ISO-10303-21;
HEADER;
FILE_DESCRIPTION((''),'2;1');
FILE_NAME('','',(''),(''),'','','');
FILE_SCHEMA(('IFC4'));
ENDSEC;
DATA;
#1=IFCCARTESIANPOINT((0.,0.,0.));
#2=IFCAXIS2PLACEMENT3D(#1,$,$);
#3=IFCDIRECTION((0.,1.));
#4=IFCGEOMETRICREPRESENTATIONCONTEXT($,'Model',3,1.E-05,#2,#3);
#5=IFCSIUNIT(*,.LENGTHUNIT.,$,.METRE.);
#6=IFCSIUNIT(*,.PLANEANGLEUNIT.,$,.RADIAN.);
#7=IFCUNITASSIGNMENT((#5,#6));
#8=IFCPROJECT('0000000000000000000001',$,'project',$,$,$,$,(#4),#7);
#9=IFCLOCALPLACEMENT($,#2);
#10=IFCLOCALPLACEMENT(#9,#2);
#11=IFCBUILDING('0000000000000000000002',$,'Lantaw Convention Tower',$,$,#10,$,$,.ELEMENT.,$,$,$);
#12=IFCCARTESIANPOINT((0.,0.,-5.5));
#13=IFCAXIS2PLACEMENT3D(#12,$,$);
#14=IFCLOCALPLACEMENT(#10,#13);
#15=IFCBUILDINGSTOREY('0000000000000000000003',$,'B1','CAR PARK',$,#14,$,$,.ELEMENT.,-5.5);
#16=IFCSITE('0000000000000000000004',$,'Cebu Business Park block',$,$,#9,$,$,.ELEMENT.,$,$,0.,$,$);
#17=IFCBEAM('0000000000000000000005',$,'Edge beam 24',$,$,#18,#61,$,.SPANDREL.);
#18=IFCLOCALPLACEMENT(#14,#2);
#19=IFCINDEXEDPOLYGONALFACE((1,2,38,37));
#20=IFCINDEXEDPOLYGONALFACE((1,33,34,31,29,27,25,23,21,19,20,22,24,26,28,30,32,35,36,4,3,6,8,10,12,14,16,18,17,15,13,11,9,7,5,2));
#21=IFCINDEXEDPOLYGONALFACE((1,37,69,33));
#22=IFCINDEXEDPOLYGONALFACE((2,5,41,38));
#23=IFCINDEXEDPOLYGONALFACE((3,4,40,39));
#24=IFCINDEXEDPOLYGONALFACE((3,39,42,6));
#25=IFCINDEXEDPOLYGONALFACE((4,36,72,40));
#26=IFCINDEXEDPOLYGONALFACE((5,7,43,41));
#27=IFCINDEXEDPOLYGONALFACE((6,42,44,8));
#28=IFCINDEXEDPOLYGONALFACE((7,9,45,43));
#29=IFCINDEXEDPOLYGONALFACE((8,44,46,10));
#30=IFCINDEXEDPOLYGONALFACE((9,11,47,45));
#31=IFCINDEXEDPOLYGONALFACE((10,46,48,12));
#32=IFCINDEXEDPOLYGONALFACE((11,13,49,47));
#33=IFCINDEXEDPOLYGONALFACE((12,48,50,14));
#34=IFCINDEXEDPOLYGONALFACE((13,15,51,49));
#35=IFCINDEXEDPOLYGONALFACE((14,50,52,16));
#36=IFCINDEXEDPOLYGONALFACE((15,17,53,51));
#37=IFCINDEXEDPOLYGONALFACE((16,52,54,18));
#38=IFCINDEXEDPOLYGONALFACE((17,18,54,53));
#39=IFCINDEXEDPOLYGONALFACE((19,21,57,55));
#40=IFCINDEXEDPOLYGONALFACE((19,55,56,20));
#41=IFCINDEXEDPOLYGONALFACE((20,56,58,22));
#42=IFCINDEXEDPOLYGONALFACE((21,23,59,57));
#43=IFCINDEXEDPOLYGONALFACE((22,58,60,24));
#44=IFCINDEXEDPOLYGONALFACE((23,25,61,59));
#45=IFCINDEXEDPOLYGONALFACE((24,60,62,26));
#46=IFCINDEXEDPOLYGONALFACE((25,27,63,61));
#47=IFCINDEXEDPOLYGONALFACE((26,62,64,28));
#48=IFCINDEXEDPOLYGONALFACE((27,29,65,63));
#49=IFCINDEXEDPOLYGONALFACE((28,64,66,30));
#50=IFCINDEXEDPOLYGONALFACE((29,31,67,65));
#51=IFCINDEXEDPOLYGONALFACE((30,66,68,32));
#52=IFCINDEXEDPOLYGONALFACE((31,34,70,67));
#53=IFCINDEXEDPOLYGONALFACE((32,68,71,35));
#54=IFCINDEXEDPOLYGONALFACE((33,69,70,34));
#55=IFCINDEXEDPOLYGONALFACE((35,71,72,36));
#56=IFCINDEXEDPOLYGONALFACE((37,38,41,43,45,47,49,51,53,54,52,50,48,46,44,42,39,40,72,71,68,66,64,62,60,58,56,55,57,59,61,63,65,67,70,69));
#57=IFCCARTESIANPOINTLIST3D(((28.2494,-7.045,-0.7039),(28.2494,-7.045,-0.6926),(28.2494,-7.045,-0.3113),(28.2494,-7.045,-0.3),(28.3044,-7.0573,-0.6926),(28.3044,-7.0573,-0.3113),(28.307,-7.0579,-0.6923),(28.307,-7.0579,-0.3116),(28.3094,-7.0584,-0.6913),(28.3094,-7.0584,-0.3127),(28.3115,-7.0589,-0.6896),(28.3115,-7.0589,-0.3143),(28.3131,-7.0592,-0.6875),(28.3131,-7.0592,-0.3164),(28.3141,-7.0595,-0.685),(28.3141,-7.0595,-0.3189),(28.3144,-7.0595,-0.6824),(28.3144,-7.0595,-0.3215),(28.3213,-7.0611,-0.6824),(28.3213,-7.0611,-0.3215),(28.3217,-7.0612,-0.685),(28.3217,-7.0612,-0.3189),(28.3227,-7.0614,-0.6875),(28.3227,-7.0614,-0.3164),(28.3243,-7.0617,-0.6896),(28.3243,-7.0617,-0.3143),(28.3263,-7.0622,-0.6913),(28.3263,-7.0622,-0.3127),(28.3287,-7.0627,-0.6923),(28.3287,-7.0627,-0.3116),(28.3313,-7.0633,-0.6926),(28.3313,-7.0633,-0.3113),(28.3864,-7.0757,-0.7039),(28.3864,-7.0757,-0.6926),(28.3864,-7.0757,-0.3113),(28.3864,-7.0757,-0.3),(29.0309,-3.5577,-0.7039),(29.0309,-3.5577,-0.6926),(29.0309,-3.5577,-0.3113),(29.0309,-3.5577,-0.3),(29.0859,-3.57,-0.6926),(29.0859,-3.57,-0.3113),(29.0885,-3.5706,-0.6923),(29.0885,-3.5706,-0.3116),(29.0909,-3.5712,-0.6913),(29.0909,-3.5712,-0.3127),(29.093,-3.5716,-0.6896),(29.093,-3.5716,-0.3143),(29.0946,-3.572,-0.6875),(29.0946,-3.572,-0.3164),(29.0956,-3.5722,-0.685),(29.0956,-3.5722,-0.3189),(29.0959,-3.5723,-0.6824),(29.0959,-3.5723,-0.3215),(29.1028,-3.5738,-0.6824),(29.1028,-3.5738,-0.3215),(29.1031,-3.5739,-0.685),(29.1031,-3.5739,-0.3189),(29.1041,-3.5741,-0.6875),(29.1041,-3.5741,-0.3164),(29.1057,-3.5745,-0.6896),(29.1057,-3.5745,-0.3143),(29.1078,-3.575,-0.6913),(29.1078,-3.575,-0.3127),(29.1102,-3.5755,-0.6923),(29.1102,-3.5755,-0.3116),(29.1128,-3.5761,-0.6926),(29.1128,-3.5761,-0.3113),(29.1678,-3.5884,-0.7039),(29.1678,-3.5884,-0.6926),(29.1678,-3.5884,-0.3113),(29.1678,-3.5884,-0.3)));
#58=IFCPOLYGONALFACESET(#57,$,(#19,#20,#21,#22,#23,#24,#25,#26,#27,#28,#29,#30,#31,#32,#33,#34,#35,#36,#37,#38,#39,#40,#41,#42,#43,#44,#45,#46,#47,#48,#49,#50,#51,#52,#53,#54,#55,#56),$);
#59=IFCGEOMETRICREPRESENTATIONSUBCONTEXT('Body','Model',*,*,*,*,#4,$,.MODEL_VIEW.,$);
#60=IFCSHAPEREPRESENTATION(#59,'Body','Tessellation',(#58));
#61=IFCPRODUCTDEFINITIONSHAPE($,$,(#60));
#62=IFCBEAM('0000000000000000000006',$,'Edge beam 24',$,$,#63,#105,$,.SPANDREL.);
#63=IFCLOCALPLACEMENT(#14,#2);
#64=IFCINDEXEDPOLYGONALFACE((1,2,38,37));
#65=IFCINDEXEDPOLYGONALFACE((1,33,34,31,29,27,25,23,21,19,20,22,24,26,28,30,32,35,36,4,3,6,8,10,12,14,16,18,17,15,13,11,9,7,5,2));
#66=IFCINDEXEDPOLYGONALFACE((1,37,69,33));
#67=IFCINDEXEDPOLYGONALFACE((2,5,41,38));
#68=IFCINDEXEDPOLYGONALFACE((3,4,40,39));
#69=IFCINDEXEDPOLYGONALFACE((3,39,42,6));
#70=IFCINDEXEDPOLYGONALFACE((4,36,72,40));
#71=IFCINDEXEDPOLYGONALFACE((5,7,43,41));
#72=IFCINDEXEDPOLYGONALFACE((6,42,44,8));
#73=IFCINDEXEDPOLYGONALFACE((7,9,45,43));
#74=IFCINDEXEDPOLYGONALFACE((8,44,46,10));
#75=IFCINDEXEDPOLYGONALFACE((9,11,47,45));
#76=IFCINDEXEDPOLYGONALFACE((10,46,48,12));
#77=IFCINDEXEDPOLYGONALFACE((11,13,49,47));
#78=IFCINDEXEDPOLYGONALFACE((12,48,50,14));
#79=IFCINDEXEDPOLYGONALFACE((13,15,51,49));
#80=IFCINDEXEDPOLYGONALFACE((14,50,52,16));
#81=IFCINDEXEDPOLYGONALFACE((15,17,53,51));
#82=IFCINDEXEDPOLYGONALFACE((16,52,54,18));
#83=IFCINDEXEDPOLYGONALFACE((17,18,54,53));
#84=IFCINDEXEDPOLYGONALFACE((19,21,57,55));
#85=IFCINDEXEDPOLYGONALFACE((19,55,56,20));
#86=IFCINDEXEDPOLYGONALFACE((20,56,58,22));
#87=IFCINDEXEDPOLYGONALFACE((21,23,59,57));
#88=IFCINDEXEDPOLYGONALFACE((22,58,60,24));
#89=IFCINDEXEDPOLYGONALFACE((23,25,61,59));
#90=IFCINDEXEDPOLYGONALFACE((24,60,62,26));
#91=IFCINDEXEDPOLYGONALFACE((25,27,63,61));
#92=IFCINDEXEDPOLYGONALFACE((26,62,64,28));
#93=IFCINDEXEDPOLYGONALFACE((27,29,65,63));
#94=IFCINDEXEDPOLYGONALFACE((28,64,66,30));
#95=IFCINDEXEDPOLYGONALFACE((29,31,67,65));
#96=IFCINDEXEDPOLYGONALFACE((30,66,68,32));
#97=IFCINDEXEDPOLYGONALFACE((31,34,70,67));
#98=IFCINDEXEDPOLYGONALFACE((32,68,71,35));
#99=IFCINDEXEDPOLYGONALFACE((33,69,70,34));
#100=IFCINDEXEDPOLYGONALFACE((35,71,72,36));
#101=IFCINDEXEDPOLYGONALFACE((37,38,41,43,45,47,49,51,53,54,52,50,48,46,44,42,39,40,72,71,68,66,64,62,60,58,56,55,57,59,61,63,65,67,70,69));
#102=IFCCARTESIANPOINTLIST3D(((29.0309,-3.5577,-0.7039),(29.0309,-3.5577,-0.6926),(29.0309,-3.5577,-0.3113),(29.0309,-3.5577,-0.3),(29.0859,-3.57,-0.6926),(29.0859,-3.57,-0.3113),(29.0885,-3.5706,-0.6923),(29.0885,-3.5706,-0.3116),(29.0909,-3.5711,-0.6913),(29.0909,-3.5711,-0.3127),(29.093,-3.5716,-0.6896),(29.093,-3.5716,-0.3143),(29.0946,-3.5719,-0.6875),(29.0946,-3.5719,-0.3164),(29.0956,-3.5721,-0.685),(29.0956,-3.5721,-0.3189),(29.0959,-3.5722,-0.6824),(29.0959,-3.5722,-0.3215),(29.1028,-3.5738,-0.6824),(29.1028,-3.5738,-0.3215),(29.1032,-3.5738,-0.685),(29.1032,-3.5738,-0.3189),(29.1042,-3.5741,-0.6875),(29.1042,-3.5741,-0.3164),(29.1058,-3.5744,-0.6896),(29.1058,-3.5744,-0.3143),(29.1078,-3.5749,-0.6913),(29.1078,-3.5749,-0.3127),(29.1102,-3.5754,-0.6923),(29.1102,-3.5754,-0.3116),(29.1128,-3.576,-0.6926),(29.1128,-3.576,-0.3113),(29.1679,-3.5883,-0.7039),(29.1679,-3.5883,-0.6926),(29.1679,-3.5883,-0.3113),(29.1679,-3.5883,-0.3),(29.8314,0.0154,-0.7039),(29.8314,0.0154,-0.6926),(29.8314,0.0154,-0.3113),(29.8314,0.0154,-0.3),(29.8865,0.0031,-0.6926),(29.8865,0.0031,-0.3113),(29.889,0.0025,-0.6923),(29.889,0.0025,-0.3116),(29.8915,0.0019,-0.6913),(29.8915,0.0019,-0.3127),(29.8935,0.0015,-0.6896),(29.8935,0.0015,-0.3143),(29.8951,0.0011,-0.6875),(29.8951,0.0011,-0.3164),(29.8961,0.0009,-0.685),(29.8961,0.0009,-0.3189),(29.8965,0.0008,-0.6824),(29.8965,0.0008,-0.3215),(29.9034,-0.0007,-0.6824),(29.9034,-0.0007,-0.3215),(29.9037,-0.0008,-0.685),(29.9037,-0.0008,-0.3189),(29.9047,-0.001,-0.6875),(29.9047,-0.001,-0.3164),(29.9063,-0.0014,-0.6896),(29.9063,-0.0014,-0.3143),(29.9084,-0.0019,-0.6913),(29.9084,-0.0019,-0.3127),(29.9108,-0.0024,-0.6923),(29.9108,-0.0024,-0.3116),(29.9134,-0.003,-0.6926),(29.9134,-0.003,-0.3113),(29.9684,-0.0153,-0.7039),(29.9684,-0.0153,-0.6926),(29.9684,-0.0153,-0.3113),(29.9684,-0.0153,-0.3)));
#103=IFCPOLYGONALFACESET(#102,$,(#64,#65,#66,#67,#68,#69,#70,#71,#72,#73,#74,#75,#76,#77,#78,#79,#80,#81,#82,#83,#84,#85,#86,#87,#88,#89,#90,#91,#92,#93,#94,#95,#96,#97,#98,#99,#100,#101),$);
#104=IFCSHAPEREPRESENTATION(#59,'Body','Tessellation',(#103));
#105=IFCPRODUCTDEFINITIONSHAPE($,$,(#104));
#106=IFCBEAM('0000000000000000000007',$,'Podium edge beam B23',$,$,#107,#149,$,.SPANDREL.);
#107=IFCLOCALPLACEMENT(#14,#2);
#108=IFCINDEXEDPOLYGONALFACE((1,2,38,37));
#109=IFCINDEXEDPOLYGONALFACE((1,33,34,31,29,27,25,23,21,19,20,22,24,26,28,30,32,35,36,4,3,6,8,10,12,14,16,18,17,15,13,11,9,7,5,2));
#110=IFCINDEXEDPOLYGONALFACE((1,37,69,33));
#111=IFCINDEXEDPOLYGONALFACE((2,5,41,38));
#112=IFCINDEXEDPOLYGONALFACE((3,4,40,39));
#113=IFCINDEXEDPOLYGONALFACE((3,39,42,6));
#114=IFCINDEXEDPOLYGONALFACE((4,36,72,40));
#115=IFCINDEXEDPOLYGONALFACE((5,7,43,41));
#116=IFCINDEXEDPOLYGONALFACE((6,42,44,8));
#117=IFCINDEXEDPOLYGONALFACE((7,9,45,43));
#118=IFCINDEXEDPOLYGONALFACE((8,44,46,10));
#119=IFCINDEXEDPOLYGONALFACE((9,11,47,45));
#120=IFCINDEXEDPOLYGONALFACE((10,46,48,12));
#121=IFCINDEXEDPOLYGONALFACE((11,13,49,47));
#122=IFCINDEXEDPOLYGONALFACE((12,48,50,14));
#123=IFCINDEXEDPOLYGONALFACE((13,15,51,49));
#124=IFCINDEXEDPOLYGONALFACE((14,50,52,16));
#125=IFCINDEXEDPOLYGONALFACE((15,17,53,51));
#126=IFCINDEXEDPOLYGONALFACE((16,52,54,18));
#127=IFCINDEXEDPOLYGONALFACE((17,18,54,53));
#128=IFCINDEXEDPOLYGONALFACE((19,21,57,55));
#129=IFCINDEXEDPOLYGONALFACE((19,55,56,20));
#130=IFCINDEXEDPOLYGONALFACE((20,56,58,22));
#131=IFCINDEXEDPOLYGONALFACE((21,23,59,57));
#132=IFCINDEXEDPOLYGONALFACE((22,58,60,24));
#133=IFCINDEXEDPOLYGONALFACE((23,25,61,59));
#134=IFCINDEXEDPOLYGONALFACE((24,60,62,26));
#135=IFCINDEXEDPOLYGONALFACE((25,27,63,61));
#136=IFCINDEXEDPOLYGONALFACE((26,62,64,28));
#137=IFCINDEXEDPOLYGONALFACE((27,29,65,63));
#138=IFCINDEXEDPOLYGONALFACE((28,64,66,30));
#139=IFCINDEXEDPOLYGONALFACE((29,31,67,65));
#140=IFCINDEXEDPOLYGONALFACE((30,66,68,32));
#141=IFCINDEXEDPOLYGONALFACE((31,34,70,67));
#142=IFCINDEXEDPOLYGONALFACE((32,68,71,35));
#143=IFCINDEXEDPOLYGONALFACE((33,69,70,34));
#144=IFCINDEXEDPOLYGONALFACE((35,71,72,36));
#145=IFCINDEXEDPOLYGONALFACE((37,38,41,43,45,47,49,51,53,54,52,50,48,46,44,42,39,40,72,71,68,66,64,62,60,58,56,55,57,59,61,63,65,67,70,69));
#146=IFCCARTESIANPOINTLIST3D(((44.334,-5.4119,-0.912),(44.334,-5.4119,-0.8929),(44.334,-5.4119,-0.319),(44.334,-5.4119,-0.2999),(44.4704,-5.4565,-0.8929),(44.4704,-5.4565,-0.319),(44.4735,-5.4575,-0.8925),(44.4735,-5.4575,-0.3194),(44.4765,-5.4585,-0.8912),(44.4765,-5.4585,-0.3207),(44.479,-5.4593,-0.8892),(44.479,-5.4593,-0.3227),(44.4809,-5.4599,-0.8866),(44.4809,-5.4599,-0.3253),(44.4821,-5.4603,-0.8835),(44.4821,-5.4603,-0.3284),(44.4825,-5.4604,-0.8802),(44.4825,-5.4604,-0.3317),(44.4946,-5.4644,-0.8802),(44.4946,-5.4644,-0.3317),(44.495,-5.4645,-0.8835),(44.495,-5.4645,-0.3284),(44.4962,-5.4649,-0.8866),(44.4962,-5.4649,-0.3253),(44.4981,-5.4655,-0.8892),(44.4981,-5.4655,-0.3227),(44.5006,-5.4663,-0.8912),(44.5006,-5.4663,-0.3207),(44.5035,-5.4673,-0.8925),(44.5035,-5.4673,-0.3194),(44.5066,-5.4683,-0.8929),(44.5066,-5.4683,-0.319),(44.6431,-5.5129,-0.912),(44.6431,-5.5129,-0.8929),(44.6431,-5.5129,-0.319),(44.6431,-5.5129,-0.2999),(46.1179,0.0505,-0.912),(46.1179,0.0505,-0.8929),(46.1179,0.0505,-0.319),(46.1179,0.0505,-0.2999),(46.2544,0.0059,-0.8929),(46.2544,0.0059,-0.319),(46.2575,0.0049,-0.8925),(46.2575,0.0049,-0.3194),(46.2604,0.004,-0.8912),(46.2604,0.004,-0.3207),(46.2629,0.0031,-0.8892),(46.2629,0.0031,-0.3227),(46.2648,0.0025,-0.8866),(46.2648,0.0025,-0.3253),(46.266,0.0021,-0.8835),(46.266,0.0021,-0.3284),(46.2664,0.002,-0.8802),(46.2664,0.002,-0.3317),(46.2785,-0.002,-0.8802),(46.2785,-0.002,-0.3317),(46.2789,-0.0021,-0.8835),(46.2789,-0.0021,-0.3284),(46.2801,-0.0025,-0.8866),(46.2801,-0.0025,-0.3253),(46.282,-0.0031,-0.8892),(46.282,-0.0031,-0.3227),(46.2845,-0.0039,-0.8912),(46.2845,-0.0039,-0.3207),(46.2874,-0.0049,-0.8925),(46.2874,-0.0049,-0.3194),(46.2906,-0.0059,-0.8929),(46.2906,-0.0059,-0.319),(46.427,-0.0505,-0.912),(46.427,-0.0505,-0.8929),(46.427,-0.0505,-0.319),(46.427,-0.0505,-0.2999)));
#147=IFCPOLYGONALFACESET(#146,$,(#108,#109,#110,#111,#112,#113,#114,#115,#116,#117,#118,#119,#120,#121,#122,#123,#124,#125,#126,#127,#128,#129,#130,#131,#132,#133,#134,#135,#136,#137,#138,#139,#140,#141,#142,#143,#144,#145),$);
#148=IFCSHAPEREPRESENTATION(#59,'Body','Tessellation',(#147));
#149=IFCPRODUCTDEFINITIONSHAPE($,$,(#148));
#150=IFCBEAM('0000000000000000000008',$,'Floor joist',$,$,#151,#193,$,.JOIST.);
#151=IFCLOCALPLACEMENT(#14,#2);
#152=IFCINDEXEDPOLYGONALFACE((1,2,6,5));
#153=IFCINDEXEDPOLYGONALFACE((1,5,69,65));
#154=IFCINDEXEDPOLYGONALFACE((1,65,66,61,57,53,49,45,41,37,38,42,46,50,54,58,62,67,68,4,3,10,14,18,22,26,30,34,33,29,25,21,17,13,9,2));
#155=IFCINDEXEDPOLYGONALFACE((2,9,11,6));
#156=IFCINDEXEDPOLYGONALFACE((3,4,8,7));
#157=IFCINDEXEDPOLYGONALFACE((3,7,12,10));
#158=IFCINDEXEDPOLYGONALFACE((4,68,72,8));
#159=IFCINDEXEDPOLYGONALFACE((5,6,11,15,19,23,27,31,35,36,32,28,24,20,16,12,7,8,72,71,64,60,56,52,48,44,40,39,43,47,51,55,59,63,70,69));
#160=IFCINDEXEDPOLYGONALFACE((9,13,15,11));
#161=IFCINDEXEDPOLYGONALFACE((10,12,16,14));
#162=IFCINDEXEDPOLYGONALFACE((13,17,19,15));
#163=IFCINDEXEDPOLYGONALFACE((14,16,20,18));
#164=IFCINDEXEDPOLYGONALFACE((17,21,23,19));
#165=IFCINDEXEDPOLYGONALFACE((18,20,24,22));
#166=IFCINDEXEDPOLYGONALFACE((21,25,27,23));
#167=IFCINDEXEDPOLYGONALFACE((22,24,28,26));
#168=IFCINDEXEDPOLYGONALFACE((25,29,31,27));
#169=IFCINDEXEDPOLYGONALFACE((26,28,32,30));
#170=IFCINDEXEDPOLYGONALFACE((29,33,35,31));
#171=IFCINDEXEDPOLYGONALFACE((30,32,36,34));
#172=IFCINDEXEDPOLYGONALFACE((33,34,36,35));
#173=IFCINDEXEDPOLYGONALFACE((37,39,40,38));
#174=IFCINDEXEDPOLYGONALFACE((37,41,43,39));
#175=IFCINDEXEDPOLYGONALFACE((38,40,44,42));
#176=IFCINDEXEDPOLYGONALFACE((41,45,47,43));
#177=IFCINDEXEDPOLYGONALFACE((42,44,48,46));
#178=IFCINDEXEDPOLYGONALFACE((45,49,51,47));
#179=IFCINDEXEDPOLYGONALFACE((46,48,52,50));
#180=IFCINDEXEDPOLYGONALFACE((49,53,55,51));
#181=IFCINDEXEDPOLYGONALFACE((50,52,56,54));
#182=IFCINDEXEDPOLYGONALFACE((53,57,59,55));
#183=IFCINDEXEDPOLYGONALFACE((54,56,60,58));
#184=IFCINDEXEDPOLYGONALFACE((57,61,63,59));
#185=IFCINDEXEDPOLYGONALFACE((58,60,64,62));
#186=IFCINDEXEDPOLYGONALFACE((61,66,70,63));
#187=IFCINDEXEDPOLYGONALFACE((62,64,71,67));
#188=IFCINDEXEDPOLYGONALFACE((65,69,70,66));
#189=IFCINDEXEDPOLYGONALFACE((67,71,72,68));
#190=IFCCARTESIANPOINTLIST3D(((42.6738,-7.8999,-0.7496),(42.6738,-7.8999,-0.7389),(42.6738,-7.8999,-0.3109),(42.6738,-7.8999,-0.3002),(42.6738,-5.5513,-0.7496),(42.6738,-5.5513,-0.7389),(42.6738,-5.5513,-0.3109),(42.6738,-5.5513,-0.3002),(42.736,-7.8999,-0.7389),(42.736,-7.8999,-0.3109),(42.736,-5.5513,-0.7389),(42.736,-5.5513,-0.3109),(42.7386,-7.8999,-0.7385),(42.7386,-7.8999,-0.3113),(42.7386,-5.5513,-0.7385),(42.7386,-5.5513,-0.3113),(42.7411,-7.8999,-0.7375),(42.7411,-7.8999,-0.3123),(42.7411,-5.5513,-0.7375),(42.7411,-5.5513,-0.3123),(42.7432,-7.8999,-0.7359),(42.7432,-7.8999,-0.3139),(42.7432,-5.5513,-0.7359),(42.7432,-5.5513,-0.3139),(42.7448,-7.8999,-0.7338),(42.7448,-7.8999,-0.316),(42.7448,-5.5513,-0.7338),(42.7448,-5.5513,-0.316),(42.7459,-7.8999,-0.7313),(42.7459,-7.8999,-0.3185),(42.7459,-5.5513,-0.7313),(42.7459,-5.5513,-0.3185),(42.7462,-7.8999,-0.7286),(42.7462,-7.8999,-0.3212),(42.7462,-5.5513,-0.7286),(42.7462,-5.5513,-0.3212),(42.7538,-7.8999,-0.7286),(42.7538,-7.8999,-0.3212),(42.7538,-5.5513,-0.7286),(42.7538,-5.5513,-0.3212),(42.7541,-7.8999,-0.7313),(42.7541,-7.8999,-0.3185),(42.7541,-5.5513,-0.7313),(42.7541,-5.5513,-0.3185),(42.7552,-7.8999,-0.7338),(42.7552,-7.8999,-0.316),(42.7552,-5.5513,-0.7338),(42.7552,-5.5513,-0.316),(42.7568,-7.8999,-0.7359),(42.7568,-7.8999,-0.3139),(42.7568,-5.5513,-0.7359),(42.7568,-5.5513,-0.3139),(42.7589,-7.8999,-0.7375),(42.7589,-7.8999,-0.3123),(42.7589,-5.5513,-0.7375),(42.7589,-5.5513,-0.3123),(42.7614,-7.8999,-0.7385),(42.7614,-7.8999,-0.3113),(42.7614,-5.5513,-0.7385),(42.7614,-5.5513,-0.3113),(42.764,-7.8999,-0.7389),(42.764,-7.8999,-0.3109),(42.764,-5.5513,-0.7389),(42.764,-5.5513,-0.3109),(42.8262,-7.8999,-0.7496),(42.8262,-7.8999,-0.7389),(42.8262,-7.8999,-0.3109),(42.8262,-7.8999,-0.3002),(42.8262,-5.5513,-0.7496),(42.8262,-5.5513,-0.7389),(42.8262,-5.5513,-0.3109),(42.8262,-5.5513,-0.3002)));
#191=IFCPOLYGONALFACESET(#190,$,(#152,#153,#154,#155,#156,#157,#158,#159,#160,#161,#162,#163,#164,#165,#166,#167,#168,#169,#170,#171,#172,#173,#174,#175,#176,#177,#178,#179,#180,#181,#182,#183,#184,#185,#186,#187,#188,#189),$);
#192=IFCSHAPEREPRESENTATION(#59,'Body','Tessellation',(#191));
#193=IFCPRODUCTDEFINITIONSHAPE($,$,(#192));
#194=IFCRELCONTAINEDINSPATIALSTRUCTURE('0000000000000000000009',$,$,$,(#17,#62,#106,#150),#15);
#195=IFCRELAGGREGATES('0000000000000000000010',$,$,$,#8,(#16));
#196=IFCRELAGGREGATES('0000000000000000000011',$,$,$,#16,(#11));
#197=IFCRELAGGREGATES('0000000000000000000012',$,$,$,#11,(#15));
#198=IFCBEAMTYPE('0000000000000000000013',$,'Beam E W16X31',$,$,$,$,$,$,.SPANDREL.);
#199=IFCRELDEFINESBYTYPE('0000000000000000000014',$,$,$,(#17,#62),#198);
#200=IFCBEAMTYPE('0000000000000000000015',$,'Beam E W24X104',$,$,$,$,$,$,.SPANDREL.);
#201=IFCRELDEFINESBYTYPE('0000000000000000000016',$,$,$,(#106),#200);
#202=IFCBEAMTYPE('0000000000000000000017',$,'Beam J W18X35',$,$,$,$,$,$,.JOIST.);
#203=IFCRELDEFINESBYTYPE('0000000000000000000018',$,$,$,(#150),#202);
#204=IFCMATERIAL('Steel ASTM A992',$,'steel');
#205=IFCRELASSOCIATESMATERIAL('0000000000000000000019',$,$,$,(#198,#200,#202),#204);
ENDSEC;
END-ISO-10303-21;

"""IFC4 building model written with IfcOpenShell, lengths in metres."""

from ifc_helpers import new_model, si_unit, direction, frame, origin, origin_2d, place, context, subcontext, project, spatial, i_section, extrude, material, material_profile, profile_set, type_object, element, save


model = new_model("IFC4")

# Units and contexts
model_context = context("Model", 3, precision=1e-05, world=origin(), true_north=direction((0.0, 1.0)))
body_context = subcontext(model_context, "Body", "Model", "MODEL_VIEW")
ifc_project = project(units=[si_unit("LENGTHUNIT", "METRE"), si_unit("PLANEANGLEUNIT", "RADIAN")], contexts=[model_context])

# Site, building, storey
site_placement = place(None, origin())
site = spatial("IfcSite", under=ifc_project, at=site_placement, Name="Cebu Business Park block", CompositionType="ELEMENT", RefElevation=0.0)
building_placement = place(site_placement, origin())
building = spatial("IfcBuilding", under=site, at=building_placement, Name="Lantaw Convention Tower", CompositionType="ELEMENT")
storey_placement = place(building_placement, frame((0.0, 0.0, -5.5)))
storey = spatial("IfcBuildingStorey", under=building, at=storey_placement, Name="B1", Description="CAR PARK", CompositionType="ELEMENT", Elevation=-5.5)

# Beams
ifc_material_1 = material(Name="Steel ASTM A992", Category="steel")
ifc_material_profile_1 = material_profile(ifc_material_1, i_section(OverallWidth=0.1404, OverallDepth=0.4038, WebThickness=0.0071, FlangeThickness=0.0112, FilletRadius=0.0103, at=origin_2d()), Name="W16X31")
ifc_profile_set_1 = profile_set([ifc_material_profile_1], Name="Steel ASTM A992")
beam_type_1 = type_object("IfcBeamType", Name="Beam E W16X31", PredefinedType="SPANDREL", material=ifc_profile_set_1)
beam_1_placement = place(storey_placement, frame((28.3179, -7.0603, -0.502), z_axis=(0.218673, 0.975798, 0.0), x_axis=(-0.975798, 0.218673, 0.0)))
element("IfcBeam", 1, at=beam_1_placement, inside=storey, type_object=beam_type_1, Name="Edge beam 24", PredefinedType="SPANDREL", context=body_context, shape_type="SweptSolid", body=[
    extrude(i_section(OverallWidth=0.1404, OverallDepth=0.4038, WebThickness=0.0071, FlangeThickness=0.0112, FilletRadius=0.0103, at=origin_2d()), origin(), (0.0, 0.0, 1.0), 3.5737),
])
beam_2_placement = place(storey_placement, frame((29.0994, -3.573, -0.502), z_axis=(0.218632, 0.975807, 0.0), x_axis=(-0.975807, 0.218632, 0.0)))
element("IfcBeam", 2, at=beam_2_placement, inside=storey, type_object=beam_type_1, Name="Edge beam 24", PredefinedType="SPANDREL", context=body_context, shape_type="SweptSolid", body=[
    extrude(i_section(OverallWidth=0.1404, OverallDepth=0.4038, WebThickness=0.0071, FlangeThickness=0.0112, FilletRadius=0.0103, at=origin_2d()), origin(), (0.0, 0.0, 1.0), 3.6616),
])
ifc_material_profile_2 = material_profile(ifc_material_1, i_section(OverallWidth=0.3252, OverallDepth=0.6121, WebThickness=0.0127, FlangeThickness=0.019, FilletRadius=0.0127, at=origin_2d()), Name="W24X104")
ifc_profile_set_2 = profile_set([ifc_material_profile_2], Name="Steel ASTM A992")
beam_type_2 = type_object("IfcBeamType", Name="Beam E W24X104", PredefinedType="SPANDREL", material=ifc_profile_set_2)
beam_3_placement = place(storey_placement, frame((44.4885, -5.4624, -0.606), z_axis=(0.310448, 0.95059, 0.0), x_axis=(-0.95059, 0.310448, 0.0)))
element("IfcBeam", 3, at=beam_3_placement, inside=storey, type_object=beam_type_2, Name="Podium edge beam B23", PredefinedType="SPANDREL", context=body_context, shape_type="SweptSolid", body=[
    extrude(i_section(OverallWidth=0.3252, OverallDepth=0.6121, WebThickness=0.0127, FlangeThickness=0.019, FilletRadius=0.0127, at=origin_2d()), origin(), (0.0, 0.0, 1.0), 5.7463),
])
ifc_material_profile_3 = material_profile(ifc_material_1, i_section(OverallWidth=0.1523, OverallDepth=0.4495, WebThickness=0.0076, FlangeThickness=0.0107, FilletRadius=0.0103, at=origin_2d()), Name="W18X35")
ifc_profile_set_3 = profile_set([ifc_material_profile_3], Name="Steel ASTM A992")
beam_type_3 = type_object("IfcBeamType", Name="Beam J W18X35", PredefinedType="JOIST", material=ifc_profile_set_3)
beam_4_placement = place(storey_placement, frame((42.75, -7.8999, -0.5249), z_axis=(0.0, 1.0, 0.0), x_axis=(-1.0, 0.0, 0.0)))
element("IfcBeam", 4, at=beam_4_placement, inside=storey, type_object=beam_type_3, Name="Floor joist", PredefinedType="JOIST", context=body_context, shape_type="SweptSolid", body=[
    extrude(i_section(OverallWidth=0.1523, OverallDepth=0.4495, WebThickness=0.0076, FlangeThickness=0.0107, FilletRadius=0.0103, at=origin_2d()), origin(), (0.0, 0.0, 1.0), 2.3486),
])

save(model, "model.ifc")
